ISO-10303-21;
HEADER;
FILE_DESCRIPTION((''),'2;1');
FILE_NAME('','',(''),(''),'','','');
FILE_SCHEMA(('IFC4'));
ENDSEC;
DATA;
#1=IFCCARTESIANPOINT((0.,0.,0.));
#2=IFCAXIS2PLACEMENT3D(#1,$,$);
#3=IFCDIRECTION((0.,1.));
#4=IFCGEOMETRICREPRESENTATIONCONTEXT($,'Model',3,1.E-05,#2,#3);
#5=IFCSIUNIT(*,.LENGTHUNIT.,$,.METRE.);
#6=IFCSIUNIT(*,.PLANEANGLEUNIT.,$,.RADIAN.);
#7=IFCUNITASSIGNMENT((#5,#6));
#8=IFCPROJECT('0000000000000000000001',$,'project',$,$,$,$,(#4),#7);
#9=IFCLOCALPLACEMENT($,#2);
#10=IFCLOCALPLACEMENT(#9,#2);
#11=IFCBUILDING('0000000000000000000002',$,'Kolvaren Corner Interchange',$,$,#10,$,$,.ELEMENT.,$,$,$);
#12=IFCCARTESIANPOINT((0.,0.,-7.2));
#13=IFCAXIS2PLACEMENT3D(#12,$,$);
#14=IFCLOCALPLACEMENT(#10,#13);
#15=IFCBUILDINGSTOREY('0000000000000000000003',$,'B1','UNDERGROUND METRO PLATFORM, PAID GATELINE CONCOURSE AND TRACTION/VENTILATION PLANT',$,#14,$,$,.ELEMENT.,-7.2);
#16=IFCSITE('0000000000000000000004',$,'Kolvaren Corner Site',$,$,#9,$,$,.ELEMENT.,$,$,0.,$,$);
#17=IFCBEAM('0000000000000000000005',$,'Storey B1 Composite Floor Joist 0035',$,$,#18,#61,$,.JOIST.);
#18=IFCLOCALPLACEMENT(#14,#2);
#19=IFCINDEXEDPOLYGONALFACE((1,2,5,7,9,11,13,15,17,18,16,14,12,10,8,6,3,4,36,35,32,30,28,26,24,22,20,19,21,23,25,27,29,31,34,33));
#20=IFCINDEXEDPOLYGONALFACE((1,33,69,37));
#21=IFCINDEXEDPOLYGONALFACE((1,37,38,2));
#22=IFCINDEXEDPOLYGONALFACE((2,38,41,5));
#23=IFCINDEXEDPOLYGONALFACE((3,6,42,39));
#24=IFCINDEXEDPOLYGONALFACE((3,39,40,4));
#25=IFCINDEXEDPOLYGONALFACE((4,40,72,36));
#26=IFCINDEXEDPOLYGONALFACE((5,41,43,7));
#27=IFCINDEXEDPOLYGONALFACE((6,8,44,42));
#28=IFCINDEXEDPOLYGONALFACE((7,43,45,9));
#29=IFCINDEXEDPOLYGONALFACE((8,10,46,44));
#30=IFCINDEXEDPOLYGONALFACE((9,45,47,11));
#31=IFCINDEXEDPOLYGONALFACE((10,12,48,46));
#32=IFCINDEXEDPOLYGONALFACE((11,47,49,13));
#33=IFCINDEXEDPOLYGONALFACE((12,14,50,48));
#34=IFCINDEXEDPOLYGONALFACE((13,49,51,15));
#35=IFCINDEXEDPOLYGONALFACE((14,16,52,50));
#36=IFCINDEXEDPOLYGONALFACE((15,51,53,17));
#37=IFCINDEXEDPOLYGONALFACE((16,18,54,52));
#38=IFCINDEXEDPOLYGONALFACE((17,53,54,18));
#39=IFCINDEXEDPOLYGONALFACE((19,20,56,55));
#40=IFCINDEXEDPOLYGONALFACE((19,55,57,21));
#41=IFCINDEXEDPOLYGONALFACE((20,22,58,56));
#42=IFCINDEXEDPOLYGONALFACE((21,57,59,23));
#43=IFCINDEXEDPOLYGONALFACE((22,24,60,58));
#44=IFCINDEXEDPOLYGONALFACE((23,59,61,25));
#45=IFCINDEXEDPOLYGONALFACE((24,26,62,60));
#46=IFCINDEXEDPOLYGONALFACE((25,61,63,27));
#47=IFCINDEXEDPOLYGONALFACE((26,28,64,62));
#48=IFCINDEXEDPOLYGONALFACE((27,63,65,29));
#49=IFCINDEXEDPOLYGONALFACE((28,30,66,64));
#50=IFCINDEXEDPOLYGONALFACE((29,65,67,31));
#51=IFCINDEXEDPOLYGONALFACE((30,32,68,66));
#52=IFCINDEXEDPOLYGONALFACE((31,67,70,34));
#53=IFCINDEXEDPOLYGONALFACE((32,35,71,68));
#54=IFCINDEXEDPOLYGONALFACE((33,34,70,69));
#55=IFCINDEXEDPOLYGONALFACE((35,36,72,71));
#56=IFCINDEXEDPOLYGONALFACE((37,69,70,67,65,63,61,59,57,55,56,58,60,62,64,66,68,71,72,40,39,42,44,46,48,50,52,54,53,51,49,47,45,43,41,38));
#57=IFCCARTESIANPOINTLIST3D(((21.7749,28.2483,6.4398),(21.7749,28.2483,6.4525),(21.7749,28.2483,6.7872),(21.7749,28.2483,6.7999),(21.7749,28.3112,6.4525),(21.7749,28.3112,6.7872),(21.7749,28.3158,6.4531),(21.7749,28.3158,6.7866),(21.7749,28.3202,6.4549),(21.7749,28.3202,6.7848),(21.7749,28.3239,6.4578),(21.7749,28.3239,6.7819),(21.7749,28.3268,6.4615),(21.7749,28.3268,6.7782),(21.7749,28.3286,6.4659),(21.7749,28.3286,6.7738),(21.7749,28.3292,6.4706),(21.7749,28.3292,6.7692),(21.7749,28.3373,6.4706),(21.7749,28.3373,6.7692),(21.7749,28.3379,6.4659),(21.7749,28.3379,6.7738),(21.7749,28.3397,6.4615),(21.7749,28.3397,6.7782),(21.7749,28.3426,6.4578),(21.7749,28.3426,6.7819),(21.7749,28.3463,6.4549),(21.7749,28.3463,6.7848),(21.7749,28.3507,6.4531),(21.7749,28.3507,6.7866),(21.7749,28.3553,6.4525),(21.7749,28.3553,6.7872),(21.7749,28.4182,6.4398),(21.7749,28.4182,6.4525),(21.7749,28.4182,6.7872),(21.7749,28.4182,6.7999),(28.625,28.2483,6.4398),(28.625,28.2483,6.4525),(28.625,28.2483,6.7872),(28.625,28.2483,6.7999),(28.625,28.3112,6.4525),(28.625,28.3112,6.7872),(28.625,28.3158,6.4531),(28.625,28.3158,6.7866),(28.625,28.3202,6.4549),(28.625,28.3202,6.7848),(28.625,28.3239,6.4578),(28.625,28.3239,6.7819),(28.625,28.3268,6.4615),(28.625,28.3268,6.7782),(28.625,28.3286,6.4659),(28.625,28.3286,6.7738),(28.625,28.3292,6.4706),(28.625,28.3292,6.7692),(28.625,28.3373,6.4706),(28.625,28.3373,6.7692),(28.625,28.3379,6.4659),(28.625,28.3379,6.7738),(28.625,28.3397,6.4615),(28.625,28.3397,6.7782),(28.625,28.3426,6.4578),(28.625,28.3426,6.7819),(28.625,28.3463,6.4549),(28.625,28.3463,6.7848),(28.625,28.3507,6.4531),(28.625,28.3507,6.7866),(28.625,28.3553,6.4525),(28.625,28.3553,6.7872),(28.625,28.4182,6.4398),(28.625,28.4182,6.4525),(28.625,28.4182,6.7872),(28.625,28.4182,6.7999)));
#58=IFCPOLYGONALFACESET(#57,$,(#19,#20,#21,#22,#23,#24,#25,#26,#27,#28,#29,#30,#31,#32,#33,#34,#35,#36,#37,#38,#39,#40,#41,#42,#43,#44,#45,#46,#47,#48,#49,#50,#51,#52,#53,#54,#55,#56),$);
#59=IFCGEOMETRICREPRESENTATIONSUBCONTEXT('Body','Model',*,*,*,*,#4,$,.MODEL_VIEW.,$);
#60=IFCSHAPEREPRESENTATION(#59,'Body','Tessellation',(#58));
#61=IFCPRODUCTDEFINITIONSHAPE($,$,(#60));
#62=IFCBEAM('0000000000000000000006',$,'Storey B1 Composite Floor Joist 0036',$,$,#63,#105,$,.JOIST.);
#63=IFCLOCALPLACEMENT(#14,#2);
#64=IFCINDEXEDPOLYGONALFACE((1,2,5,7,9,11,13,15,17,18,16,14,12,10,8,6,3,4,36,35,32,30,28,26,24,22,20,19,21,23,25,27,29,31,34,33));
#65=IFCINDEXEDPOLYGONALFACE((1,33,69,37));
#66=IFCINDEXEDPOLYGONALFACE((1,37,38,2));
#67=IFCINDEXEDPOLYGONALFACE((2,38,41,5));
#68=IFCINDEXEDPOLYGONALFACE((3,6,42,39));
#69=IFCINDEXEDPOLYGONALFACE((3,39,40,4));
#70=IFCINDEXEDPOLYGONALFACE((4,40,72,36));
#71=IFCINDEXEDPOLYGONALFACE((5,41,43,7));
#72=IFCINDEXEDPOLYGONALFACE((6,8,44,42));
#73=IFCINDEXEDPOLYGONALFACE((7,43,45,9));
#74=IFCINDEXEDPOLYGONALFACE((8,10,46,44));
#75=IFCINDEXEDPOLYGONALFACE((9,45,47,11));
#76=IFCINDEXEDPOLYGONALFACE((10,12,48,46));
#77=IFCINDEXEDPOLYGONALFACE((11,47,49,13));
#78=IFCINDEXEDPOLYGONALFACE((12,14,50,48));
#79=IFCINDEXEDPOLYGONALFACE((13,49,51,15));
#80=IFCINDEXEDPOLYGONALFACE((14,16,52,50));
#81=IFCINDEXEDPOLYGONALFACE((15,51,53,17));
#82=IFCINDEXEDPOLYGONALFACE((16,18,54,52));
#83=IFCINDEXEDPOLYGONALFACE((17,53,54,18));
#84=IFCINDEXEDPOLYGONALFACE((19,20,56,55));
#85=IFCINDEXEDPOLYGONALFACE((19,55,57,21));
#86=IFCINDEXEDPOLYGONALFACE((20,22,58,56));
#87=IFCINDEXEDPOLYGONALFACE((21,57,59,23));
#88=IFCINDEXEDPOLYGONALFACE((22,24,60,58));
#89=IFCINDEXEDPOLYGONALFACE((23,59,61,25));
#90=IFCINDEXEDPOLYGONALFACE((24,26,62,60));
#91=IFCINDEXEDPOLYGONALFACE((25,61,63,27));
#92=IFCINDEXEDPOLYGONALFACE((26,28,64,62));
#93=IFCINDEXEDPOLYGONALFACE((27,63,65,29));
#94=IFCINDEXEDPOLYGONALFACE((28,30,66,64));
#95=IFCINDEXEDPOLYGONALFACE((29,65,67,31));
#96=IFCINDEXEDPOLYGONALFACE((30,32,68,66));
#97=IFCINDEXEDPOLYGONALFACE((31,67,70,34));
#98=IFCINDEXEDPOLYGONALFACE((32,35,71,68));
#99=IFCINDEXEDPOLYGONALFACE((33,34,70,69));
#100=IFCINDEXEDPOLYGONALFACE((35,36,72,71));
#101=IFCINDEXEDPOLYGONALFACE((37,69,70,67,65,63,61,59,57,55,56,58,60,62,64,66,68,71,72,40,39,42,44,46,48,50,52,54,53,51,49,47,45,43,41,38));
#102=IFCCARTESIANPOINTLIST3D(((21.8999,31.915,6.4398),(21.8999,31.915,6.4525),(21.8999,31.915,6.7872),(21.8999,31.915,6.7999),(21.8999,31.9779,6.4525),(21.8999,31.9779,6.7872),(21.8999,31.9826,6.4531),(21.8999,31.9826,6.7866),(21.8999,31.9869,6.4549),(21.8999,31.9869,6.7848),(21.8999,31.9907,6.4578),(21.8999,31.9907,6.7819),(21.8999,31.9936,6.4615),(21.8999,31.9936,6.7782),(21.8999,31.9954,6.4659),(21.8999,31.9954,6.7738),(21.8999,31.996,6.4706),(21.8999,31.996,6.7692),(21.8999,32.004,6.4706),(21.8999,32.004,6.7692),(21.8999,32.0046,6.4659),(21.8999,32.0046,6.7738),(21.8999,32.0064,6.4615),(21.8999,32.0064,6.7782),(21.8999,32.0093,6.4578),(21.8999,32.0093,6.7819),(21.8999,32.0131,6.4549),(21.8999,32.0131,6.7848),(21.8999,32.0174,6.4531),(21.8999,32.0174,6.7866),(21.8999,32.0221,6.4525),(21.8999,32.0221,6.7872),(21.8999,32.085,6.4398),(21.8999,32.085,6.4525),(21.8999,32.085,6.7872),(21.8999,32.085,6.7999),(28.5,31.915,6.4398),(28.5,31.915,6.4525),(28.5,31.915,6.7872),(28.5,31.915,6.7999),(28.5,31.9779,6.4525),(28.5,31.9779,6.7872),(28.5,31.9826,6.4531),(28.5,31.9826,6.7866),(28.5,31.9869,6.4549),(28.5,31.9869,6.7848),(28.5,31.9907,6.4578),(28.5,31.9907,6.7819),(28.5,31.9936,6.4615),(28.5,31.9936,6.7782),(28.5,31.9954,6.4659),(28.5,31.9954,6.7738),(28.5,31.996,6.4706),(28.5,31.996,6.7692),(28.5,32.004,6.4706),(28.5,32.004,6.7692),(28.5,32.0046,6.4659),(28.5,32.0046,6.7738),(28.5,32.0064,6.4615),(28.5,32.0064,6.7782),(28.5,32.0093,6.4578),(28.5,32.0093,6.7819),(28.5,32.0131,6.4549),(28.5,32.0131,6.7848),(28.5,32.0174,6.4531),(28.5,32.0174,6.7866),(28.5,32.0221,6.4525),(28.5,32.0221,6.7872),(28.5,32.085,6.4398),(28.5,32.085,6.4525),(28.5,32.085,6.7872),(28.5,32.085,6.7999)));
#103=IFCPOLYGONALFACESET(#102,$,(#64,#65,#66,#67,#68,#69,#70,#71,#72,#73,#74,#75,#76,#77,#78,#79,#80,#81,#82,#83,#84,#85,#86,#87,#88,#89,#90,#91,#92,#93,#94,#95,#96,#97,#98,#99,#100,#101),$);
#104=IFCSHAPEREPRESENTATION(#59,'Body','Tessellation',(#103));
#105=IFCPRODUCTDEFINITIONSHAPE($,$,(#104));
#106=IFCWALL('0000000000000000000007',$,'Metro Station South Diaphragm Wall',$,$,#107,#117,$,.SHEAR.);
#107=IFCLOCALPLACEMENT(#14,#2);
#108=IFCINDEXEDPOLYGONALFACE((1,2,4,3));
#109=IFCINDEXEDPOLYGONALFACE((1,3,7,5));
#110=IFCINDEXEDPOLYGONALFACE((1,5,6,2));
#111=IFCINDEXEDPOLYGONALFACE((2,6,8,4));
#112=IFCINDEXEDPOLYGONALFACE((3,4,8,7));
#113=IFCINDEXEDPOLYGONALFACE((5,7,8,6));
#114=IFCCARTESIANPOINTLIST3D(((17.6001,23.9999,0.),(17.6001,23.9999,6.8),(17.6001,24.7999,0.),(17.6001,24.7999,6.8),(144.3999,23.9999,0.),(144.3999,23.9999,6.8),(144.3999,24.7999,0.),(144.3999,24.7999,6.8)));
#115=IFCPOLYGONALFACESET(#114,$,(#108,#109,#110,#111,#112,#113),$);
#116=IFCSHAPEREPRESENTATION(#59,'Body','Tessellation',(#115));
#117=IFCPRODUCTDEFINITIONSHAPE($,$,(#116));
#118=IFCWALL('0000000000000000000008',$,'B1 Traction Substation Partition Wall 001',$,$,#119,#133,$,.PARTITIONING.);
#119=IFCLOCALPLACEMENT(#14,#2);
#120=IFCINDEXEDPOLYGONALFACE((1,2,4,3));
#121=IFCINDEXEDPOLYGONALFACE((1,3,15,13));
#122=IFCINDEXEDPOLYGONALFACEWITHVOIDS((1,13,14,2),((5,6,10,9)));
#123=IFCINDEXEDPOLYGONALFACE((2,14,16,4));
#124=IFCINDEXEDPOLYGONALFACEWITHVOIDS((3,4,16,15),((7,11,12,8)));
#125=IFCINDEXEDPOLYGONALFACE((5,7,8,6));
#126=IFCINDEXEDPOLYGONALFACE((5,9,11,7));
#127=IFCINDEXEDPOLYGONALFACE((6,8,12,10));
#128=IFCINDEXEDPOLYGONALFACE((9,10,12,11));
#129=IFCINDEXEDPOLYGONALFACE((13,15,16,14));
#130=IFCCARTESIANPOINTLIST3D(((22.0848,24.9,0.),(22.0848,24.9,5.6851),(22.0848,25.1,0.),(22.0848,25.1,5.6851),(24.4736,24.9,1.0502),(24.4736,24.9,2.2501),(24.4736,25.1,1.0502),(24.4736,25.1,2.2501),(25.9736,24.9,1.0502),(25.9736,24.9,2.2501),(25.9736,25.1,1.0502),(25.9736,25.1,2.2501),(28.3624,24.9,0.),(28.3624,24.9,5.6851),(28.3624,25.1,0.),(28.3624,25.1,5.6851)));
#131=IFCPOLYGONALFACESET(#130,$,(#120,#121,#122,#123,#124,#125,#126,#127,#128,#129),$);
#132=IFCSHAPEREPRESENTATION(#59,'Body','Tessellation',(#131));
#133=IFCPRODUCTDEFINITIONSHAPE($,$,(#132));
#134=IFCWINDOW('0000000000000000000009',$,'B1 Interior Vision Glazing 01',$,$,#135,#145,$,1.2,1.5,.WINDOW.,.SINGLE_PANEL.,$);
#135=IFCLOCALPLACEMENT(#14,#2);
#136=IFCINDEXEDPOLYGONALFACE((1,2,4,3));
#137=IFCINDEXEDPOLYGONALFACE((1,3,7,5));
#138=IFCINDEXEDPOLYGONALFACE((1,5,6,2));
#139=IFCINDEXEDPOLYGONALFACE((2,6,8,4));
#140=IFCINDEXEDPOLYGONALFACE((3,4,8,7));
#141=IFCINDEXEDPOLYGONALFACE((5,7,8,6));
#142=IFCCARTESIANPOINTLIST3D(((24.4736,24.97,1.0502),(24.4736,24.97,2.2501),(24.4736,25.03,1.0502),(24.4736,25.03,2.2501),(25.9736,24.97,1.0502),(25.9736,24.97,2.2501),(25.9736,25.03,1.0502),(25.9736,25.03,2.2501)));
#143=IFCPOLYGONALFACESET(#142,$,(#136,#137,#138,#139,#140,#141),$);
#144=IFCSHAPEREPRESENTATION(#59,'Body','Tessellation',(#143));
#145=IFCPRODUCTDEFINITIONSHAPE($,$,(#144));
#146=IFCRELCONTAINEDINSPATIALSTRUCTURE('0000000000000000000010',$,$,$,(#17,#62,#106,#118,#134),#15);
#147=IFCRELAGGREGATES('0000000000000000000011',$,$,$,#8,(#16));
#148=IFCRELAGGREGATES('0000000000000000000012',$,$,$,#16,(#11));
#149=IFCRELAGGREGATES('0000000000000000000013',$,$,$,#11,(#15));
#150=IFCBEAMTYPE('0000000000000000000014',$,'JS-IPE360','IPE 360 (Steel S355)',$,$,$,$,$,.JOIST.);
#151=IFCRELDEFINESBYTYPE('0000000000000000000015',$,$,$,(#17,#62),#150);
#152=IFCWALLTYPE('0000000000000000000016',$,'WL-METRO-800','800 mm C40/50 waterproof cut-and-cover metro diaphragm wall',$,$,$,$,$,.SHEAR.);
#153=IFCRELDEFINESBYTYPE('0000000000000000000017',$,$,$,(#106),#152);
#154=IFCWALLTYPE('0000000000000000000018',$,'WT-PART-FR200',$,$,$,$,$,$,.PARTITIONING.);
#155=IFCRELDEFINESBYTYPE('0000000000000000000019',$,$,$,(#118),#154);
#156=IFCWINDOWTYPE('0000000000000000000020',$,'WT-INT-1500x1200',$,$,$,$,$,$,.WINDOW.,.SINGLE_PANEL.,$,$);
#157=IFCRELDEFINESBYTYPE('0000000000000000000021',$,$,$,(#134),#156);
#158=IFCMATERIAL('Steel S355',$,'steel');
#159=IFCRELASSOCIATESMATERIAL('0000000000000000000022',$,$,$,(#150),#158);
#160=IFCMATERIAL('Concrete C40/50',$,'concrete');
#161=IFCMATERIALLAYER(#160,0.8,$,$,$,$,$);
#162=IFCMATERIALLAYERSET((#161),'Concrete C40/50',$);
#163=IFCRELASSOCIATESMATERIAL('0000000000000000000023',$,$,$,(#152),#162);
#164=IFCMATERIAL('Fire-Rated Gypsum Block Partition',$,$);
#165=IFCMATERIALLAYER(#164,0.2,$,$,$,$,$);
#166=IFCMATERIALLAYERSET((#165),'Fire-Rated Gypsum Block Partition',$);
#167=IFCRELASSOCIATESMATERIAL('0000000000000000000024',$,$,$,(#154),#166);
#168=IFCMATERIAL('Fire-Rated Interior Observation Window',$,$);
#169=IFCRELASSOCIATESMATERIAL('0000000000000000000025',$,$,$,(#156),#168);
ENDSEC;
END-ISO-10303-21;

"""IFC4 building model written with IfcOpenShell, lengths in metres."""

from ifc_helpers import new_model, si_unit, direction, frame, frame_2d, origin, origin_2d, place, context, subcontext, project, spatial, rectangle, i_section, extrude, material, layer, layer_set, material_profile, profile_set, type_object, element, fill, save


model = new_model("IFC4")

# Units and contexts
model_context = context("Model", 3, precision=1e-05, world=origin(), true_north=direction((0.0, 1.0)))
body_context = subcontext(model_context, "Body", "Model", "MODEL_VIEW")
ifc_project = project(units=[si_unit("LENGTHUNIT", "METRE"), si_unit("PLANEANGLEUNIT", "RADIAN")], contexts=[model_context])

# Site, building, storey
site_placement = place(None, origin())
site = spatial("IfcSite", under=ifc_project, at=site_placement, Name="Kolvaren Corner Site", CompositionType="ELEMENT", RefElevation=0.0)
building_placement = place(site_placement, origin())
building = spatial("IfcBuilding", under=site, at=building_placement, Name="Kolvaren Corner Interchange", CompositionType="ELEMENT")
storey_placement = place(building_placement, frame((0.0, 0.0, -7.2)))
storey = spatial("IfcBuildingStorey", under=building, at=storey_placement, Name="B1", Description="UNDERGROUND METRO PLATFORM, PAID GATELINE CONCOURSE AND TRACTION/VENTILATION PLANT", CompositionType="ELEMENT", Elevation=-7.2)

# Beams
ifc_material_1 = material(Name="Steel S355", Category="steel")
ifc_material_profile_1 = material_profile(ifc_material_1, i_section(OverallWidth=0.1699, OverallDepth=0.3601, WebThickness=0.0081, FlangeThickness=0.0127, FilletRadius=0.0181, at=origin_2d()), Name="IPE 360")
ifc_profile_set_1 = profile_set([ifc_material_profile_1], Name="Steel S355")
beam_type_1 = type_object("IfcBeamType", Name="JS-IPE360", Description="IPE 360 (Steel S355)", PredefinedType="JOIST", material=ifc_profile_set_1)
for number, where, z_axis, x_axis, name in (
    (1, (21.7749, 28.3333, 6.6199), (1.0, 0.0, 0.0), (0.0, 1.0, 0.0), "Storey B1 Composite Floor Joist 0035"),
):
    element("IfcBeam", number, at=place(storey_placement, frame(where, z_axis=z_axis, x_axis=x_axis)), inside=storey, type_object=beam_type_1, Name=name, PredefinedType="JOIST", context=body_context, shape_type="SweptSolid", body=[
        extrude(i_section(OverallWidth=0.1699, OverallDepth=0.3601, WebThickness=0.0081, FlangeThickness=0.0127, FilletRadius=0.0181, at=origin_2d()), origin(), (0.0, 0.0, 1.0), 6.8501),
    ])
beam_1_placement = place(storey_placement, frame((21.8999, 32.0, 6.6199), z_axis=(1.0, 0.0, 0.0), x_axis=(0.0, 1.0, 0.0)))
element("IfcBeam", 2, at=beam_1_placement, inside=storey, type_object=beam_type_1, Name="Storey B1 Composite Floor Joist 0036", PredefinedType="JOIST", context=body_context, shape_type="SweptSolid", body=[
    extrude(i_section(OverallWidth=0.1699, OverallDepth=0.3601, WebThickness=0.0081, FlangeThickness=0.0127, FilletRadius=0.0181, at=origin_2d()), origin(), (0.0, 0.0, 1.0), 6.6001),
])

# Wall
ifc_material_2 = material(Name="Concrete C40/50", Category="concrete")
ifc_layer_1 = layer(ifc_material_2, 0.8)
ifc_layer_set_1 = layer_set([ifc_layer_1], Name="Concrete C40/50")
wall_type_1 = type_object("IfcWallType", Name="WL-METRO-800", Description="800 mm C40/50 waterproof cut-and-cover metro diaphragm wall", PredefinedType="SHEAR", material=ifc_layer_set_1)
wall_1_placement = place(storey_placement, frame((17.6001, 24.3999, 0.0), z_axis=(0.0, 0.0, 1.0), x_axis=(1.0, 0.0, 0.0)))
element("IfcWall", 3, at=wall_1_placement, inside=storey, type_object=wall_type_1, Name="Metro Station South Diaphragm Wall", PredefinedType="SHEAR", context=body_context, shape_type="SweptSolid", body=[
    extrude(rectangle(XDim=126.7998, YDim=0.8, at=frame_2d((63.3999, 0.0))), origin(), (0.0, 0.0, 1.0), 6.8),
])

# Wall, opening, window
ifc_material_3 = material(Name="Fire-Rated Gypsum Block Partition")
ifc_layer_2 = layer(ifc_material_3, 0.2)
ifc_layer_set_2 = layer_set([ifc_layer_2], Name="Fire-Rated Gypsum Block Partition")
wall_type_2 = type_object("IfcWallType", Name="WT-PART-FR200", PredefinedType="PARTITIONING", material=ifc_layer_set_2)
wall_2_placement = place(storey_placement, frame((22.085, 25.0, 0.0), z_axis=(0.0, 0.0, 1.0), x_axis=(1.0, 0.0, 0.0)))
wall_2 = element("IfcWall", 4, at=wall_2_placement, inside=storey, type_object=wall_type_2, Name="B1 Traction Substation Partition Wall 001", PredefinedType="PARTITIONING", context=body_context, shape_type="SweptSolid", body=[
    extrude(rectangle(XDim=6.2776, YDim=0.2, at=frame_2d((3.1387, 0.0))), origin(), (0.0, 0.0, 1.0), 5.6851),
])
opening_placement = place(wall_2_placement, frame((2.3887, 0.0, 1.05)))
opening = element("IfcOpeningElement", 5, at=opening_placement, cuts=wall_2, PredefinedType="OPENING", context=body_context, shape_type="SweptSolid", body=[
    extrude(rectangle(XDim=1.5, YDim=1.2, at=frame_2d((0.75, 0.6001))), frame((0.0, 0.1099, 0.0), z_axis=(0.0, -1.0, 0.0), x_axis=(1.0, 0.0, 0.0)), (0.0, 0.0, 1.0), 0.22),
])
ifc_material_4 = material(Name="Fire-Rated Interior Observation Window")
window_type = type_object("IfcWindowType", Name="WT-INT-1500x1200", PartitioningType="SINGLE_PANEL", PredefinedType="WINDOW", material=ifc_material_4)
window_placement = place(opening_placement, origin())
window = element("IfcWindow", 6, at=window_placement, inside=storey, type_object=window_type, Name="B1 Interior Vision Glazing 01", OverallHeight=1.2, OverallWidth=1.5, PartitioningType="SINGLE_PANEL", PredefinedType="WINDOW", context=body_context, shape_type="SweptSolid", body=[
    extrude(rectangle(XDim=1.5, YDim=1.2, at=frame_2d((0.75, 0.6001))), frame((0.0, 0.03, 0.0), z_axis=(0.0, -1.0, 0.0), x_axis=(1.0, 0.0, 0.0)), (0.0, 0.0, 1.0), 0.0601),
])
fill(opening, window)

save(model, "model.ifc")
